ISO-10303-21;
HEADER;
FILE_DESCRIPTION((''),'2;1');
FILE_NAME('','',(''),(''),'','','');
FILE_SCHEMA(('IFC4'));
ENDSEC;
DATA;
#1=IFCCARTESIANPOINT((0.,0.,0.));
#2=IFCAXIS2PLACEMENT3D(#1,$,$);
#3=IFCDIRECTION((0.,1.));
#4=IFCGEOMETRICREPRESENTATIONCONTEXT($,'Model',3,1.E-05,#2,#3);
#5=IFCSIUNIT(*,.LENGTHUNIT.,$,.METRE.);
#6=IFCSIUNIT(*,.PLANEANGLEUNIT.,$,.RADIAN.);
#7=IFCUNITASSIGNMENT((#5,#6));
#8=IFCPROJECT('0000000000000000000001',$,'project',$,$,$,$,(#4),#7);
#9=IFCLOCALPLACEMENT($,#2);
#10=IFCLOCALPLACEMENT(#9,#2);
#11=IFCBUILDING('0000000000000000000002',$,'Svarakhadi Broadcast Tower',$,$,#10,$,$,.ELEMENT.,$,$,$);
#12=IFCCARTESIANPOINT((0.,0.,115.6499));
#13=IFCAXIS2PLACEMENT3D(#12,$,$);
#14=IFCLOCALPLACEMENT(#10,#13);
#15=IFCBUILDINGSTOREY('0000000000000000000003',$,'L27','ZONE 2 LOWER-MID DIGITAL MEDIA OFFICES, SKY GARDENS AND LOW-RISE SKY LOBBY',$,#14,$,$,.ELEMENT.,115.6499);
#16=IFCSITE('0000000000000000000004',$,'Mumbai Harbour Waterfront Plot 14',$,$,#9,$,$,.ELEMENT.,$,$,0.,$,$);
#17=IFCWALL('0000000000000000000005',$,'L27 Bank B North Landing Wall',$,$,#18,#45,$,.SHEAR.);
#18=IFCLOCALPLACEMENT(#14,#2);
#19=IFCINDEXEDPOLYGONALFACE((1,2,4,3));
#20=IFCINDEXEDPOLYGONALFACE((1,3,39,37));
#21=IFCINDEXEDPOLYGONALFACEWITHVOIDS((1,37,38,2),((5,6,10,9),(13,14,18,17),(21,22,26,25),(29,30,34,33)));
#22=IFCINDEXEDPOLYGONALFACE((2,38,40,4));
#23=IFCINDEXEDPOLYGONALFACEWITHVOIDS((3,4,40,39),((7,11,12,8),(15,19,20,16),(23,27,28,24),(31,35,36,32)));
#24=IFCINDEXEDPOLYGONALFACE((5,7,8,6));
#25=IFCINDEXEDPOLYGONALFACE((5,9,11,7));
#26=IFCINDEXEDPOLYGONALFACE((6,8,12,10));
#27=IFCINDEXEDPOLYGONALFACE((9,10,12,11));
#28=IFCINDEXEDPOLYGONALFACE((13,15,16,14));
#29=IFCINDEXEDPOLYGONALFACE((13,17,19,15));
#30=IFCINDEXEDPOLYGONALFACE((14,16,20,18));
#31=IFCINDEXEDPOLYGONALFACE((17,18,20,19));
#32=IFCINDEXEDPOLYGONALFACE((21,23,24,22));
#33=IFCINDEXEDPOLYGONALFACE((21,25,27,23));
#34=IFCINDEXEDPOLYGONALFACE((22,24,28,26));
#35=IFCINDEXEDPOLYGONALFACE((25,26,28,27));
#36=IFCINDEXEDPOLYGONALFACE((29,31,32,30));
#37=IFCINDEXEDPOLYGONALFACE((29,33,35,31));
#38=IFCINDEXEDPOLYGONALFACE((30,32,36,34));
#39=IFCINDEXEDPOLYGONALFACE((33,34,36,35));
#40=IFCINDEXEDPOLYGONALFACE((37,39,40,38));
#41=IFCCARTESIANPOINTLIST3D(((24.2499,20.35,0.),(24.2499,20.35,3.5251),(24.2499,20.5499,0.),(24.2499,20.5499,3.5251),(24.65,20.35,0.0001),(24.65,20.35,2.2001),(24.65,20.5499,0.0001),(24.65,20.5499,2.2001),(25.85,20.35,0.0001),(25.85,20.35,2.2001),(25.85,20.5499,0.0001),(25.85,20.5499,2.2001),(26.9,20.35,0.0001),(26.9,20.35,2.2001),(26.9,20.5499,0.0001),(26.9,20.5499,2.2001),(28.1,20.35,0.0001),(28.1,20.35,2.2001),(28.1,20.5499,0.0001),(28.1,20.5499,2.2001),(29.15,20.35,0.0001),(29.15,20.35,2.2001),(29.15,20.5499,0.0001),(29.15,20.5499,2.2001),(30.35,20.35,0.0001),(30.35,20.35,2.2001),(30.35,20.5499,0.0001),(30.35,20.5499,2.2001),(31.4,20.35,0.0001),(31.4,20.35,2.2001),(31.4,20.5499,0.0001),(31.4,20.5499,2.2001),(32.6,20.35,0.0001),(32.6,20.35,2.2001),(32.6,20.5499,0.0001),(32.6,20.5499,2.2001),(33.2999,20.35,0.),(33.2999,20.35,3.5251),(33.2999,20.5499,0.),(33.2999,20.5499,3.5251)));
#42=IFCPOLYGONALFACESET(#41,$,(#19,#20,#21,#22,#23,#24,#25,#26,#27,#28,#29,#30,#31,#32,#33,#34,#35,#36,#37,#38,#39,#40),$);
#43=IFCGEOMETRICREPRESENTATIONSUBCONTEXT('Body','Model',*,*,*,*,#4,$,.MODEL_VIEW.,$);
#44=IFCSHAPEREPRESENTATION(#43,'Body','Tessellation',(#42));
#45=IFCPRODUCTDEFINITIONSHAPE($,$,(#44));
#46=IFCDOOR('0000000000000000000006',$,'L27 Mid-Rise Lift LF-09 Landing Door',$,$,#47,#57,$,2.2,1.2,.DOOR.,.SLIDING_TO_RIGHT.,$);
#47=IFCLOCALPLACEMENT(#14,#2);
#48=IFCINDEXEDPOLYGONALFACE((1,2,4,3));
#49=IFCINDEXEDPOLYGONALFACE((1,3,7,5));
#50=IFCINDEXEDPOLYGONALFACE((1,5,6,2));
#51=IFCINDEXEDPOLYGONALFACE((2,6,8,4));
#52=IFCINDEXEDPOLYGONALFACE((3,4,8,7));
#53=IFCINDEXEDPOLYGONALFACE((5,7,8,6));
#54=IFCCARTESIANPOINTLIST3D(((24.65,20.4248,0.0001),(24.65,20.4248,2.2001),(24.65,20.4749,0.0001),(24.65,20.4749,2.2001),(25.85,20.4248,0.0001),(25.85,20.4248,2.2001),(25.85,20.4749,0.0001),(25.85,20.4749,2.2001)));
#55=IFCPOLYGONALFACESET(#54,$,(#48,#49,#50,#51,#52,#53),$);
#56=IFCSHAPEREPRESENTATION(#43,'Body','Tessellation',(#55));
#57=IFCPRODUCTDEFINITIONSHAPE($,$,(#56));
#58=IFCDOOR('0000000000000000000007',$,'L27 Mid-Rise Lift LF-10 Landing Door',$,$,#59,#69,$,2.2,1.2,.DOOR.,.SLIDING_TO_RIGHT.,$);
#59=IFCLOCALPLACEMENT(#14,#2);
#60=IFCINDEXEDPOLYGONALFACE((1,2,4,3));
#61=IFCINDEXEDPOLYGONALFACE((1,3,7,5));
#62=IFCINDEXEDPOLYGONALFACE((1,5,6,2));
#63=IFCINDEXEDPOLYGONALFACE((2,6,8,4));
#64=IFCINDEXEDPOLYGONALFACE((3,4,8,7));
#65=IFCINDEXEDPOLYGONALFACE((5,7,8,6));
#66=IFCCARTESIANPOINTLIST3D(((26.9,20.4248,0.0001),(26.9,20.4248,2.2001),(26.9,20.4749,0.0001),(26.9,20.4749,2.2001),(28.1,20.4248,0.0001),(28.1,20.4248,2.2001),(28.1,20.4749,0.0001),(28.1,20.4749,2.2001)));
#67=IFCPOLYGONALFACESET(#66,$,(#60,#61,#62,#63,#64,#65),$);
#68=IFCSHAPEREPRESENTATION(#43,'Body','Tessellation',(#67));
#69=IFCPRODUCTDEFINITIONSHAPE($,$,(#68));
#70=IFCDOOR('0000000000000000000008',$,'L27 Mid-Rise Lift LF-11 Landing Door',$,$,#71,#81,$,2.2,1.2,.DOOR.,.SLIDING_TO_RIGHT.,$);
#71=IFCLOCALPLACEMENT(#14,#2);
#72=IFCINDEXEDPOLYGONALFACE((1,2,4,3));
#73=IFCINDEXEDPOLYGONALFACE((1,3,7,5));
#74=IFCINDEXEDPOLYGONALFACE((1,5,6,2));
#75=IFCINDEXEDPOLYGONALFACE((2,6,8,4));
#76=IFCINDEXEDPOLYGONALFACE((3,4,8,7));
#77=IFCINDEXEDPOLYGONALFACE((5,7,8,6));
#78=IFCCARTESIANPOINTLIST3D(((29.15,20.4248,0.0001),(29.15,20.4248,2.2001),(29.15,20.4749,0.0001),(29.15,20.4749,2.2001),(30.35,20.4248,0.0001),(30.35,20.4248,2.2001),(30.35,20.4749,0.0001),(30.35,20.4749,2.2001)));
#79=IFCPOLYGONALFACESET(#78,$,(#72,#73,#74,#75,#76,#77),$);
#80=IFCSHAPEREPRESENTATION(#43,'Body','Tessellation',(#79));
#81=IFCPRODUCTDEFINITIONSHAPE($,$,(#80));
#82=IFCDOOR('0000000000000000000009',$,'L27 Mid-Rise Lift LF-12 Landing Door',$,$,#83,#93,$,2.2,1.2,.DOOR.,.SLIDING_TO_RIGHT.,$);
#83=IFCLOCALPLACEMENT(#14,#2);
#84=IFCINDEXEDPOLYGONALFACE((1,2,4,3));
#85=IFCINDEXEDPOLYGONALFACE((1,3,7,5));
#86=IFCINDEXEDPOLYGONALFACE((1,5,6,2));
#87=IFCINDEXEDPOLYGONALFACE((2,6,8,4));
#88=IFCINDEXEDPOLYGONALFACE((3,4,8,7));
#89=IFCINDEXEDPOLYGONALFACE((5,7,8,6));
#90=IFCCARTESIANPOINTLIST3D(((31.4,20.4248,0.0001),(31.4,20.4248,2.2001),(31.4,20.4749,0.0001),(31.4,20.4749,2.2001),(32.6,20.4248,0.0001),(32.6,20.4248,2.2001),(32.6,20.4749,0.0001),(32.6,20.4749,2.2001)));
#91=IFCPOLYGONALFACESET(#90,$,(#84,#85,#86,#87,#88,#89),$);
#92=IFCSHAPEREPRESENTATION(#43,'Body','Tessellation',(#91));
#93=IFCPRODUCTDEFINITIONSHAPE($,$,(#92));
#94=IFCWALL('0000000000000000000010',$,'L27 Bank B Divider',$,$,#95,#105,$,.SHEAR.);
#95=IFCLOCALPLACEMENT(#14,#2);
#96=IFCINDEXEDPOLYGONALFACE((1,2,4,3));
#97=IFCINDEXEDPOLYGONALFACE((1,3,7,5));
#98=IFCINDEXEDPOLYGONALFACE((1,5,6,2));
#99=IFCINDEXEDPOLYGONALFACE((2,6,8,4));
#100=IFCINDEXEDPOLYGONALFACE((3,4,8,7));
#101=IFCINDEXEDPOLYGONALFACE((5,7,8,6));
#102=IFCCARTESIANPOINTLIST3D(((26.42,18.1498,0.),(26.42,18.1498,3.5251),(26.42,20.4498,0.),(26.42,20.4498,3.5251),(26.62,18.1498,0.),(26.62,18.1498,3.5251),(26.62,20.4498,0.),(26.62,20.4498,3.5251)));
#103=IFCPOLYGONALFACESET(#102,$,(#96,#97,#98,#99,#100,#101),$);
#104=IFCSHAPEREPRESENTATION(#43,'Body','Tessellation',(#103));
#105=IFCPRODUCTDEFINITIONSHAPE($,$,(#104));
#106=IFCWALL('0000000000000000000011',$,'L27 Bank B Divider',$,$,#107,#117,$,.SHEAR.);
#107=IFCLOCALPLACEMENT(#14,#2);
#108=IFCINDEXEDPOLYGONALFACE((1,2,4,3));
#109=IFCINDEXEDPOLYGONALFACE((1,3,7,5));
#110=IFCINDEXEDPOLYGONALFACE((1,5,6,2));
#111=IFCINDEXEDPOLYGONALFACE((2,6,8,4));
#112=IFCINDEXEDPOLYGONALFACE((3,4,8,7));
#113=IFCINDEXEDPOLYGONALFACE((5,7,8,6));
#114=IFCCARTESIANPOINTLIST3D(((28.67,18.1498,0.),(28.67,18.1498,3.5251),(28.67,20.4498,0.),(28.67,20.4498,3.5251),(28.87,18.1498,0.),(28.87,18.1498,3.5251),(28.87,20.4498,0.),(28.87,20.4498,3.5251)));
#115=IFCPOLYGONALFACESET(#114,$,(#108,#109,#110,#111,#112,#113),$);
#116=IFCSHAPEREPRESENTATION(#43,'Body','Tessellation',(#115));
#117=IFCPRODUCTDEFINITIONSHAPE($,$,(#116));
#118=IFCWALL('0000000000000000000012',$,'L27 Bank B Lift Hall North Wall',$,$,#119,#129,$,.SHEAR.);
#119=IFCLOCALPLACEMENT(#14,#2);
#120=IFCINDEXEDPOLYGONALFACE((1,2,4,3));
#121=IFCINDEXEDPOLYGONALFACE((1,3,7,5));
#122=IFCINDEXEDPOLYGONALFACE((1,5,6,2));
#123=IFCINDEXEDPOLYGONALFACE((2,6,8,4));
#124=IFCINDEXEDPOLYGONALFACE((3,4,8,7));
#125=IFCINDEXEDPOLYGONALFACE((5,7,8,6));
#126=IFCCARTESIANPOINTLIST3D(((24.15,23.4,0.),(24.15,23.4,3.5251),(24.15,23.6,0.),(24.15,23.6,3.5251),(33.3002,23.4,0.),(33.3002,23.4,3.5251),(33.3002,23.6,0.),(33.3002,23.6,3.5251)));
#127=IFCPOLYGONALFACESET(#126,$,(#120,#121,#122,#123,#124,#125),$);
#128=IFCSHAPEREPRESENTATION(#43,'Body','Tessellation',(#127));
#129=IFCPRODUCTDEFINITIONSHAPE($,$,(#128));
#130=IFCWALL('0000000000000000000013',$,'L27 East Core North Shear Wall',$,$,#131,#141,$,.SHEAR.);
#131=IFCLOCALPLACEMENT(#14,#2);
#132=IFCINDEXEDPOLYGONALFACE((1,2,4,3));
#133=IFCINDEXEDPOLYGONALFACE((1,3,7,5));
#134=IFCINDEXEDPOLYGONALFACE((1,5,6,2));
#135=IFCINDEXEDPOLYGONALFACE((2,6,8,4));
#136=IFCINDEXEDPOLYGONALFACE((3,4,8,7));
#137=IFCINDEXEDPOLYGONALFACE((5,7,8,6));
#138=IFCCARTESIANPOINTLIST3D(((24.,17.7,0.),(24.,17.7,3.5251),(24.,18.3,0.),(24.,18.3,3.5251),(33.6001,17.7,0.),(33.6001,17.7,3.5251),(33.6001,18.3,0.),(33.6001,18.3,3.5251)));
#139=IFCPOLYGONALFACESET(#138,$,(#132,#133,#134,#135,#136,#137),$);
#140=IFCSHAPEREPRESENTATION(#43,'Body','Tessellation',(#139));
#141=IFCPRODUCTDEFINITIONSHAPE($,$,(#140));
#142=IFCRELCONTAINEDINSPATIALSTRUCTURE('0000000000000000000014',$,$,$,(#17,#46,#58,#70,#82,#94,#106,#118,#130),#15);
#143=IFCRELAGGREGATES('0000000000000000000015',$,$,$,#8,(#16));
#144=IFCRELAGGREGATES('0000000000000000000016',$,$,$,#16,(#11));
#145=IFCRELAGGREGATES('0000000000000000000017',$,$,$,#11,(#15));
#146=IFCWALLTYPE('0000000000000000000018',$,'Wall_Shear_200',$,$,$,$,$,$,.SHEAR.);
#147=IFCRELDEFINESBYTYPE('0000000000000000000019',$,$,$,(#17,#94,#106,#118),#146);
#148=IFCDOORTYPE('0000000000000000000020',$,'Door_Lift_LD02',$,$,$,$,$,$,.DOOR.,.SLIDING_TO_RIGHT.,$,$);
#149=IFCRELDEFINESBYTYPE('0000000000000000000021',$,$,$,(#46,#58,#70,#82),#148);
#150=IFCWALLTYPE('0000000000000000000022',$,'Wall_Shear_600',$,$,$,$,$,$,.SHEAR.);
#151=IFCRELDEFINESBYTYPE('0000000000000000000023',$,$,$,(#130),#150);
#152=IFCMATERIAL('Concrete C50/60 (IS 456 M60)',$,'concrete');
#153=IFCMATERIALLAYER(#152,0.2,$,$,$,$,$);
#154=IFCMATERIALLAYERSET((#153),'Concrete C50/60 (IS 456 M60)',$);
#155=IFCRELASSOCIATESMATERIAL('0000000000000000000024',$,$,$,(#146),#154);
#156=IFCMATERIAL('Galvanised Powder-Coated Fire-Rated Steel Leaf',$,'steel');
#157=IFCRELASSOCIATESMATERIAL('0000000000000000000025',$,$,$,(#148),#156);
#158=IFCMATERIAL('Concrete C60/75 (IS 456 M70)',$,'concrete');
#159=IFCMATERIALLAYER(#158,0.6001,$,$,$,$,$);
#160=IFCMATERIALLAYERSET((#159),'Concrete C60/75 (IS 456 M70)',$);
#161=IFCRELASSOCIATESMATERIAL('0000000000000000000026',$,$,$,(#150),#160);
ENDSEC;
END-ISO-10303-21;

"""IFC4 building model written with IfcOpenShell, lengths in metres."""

from ifc_helpers import new_model, si_unit, direction, frame, frame_2d, origin, place, context, subcontext, project, spatial, rectangle, extrude, material, layer, layer_set, type_object, element, fill, save


model = new_model("IFC4")

# Units and contexts
model_context = context("Model", 3, precision=1e-05, world=origin(), true_north=direction((0.0, 1.0)))
body_context = subcontext(model_context, "Body", "Model", "MODEL_VIEW")
ifc_project = project(units=[si_unit("LENGTHUNIT", "METRE"), si_unit("PLANEANGLEUNIT", "RADIAN")], contexts=[model_context])

# Site, building, storey
site_placement = place(None, origin())
site = spatial("IfcSite", under=ifc_project, at=site_placement, Name="Mumbai Harbour Waterfront Plot 14", CompositionType="ELEMENT", RefElevation=0.0)
building_placement = place(site_placement, origin())
building = spatial("IfcBuilding", under=site, at=building_placement, Name="Svarakhadi Broadcast Tower", CompositionType="ELEMENT")
storey_placement = place(building_placement, frame((0.0, 0.0, 115.6499)))
storey = spatial("IfcBuildingStorey", under=building, at=storey_placement, Name="L27", Description="ZONE 2 LOWER-MID DIGITAL MEDIA OFFICES, SKY GARDENS AND LOW-RISE SKY LOBBY", CompositionType="ELEMENT", Elevation=115.6499)

# Shared definitions
ifc_material_1 = material(Name="Concrete C50/60 (IS 456 M60)", Category="concrete")

# Shared definitions
ifc_layer_1 = layer(ifc_material_1, 0.2)
ifc_layer_set_1 = layer_set([ifc_layer_1], Name="Concrete C50/60 (IS 456 M60)")
wall_type_1 = type_object("IfcWallType", Name="Wall_Shear_200", PredefinedType="SHEAR", material=ifc_layer_set_1)

# Wall, openings, doors
wall_1_placement = place(storey_placement, frame((24.25, 20.45, 0.0), z_axis=(0.0, 0.0, 1.0), x_axis=(1.0, 0.0, 0.0)))
wall_1 = element("IfcWall", 1, at=wall_1_placement, inside=storey, type_object=wall_type_1, Name="L27 Bank B North Landing Wall", PredefinedType="SHEAR", context=body_context, shape_type="SweptSolid", body=[
    extrude(rectangle(XDim=9.05, YDim=0.2, at=frame_2d((4.5249, 0.0))), origin(), (0.0, 0.0, 1.0), 3.5251),
])
opening_1_placement = place(wall_1_placement, frame((0.3999, 0.0, 0.0)))
opening_1 = element("IfcOpeningElement", 2, at=opening_1_placement, cuts=wall_1, PredefinedType="OPENING", context=body_context, shape_type="SweptSolid", body=[
    extrude(rectangle(XDim=1.2, YDim=2.2, at=frame_2d((0.6001, 1.1001))), frame((0.0, 0.1099, 0.0), z_axis=(0.0, -1.0, 0.0), x_axis=(1.0, 0.0, 0.0)), (0.0, 0.0, 1.0), 0.22),
])
opening_2_placement = place(wall_1_placement, frame((2.6499, 0.0, 0.0)))
opening_2 = element("IfcOpeningElement", 3, at=opening_2_placement, cuts=wall_1, PredefinedType="OPENING", context=body_context, shape_type="SweptSolid", body=[
    extrude(rectangle(XDim=1.2, YDim=2.2, at=frame_2d((0.6001, 1.1001))), frame((0.0, 0.1099, 0.0), z_axis=(0.0, -1.0, 0.0), x_axis=(1.0, 0.0, 0.0)), (0.0, 0.0, 1.0), 0.22),
])
opening_3_placement = place(wall_1_placement, frame((4.8999, 0.0, 0.0)))
opening_3 = element("IfcOpeningElement", 4, at=opening_3_placement, cuts=wall_1, PredefinedType="OPENING", context=body_context, shape_type="SweptSolid", body=[
    extrude(rectangle(XDim=1.2, YDim=2.2, at=frame_2d((0.6001, 1.1001))), frame((0.0, 0.1099, 0.0), z_axis=(0.0, -1.0, 0.0), x_axis=(1.0, 0.0, 0.0)), (0.0, 0.0, 1.0), 0.22),
])
opening_4_placement = place(wall_1_placement, frame((7.1499, 0.0, 0.0)))
opening_4 = element("IfcOpeningElement", 5, at=opening_4_placement, cuts=wall_1, PredefinedType="OPENING", context=body_context, shape_type="SweptSolid", body=[
    extrude(rectangle(XDim=1.2, YDim=2.2, at=frame_2d((0.6001, 1.1001))), frame((0.0, 0.1099, 0.0), z_axis=(0.0, -1.0, 0.0), x_axis=(1.0, 0.0, 0.0)), (0.0, 0.0, 1.0), 0.22),
])
ifc_material_2 = material(Name="Galvanised Powder-Coated Fire-Rated Steel Leaf", Category="steel")
door_type_1 = type_object("IfcDoorType", Name="Door_Lift_LD02", OperationType="SLIDING_TO_RIGHT", PredefinedType="DOOR", material=ifc_material_2)
door_1_placement = place(opening_1_placement, origin())
door_1 = element("IfcDoor", 6, at=door_1_placement, inside=storey, type_object=door_type_1, Name="L27 Mid-Rise Lift LF-09 Landing Door", OperationType="SLIDING_TO_RIGHT", OverallHeight=2.2, OverallWidth=1.2, PredefinedType="DOOR", context=body_context, shape_type="SweptSolid", body=[
    extrude(rectangle(XDim=1.2, YDim=2.2, at=frame_2d((0.6001, 1.1001))), frame((0.0, 0.0249, 0.0), z_axis=(0.0, -1.0, 0.0), x_axis=(1.0, 0.0, 0.0)), (0.0, 0.0, 1.0), 0.05),
])
fill(opening_1, door_1)
door_2_placement = place(opening_2_placement, origin())
door_2 = element("IfcDoor", 7, at=door_2_placement, inside=storey, type_object=door_type_1, Name="L27 Mid-Rise Lift LF-10 Landing Door", OperationType="SLIDING_TO_RIGHT", OverallHeight=2.2, OverallWidth=1.2, PredefinedType="DOOR", context=body_context, shape_type="SweptSolid", body=[
    extrude(rectangle(XDim=1.2, YDim=2.2, at=frame_2d((0.6001, 1.1001))), frame((0.0, 0.0249, 0.0), z_axis=(0.0, -1.0, 0.0), x_axis=(1.0, 0.0, 0.0)), (0.0, 0.0, 1.0), 0.05),
])
fill(opening_2, door_2)
door_3_placement = place(opening_3_placement, origin())
door_3 = element("IfcDoor", 8, at=door_3_placement, inside=storey, type_object=door_type_1, Name="L27 Mid-Rise Lift LF-11 Landing Door", OperationType="SLIDING_TO_RIGHT", OverallHeight=2.2, OverallWidth=1.2, PredefinedType="DOOR", context=body_context, shape_type="SweptSolid", body=[
    extrude(rectangle(XDim=1.2, YDim=2.2, at=frame_2d((0.6001, 1.1001))), frame((0.0, 0.0249, 0.0), z_axis=(0.0, -1.0, 0.0), x_axis=(1.0, 0.0, 0.0)), (0.0, 0.0, 1.0), 0.05),
])
fill(opening_3, door_3)
door_4_placement = place(opening_4_placement, origin())
door_4 = element("IfcDoor", 9, at=door_4_placement, inside=storey, type_object=door_type_1, Name="L27 Mid-Rise Lift LF-12 Landing Door", OperationType="SLIDING_TO_RIGHT", OverallHeight=2.2, OverallWidth=1.2, PredefinedType="DOOR", context=body_context, shape_type="SweptSolid", body=[
    extrude(rectangle(XDim=1.2, YDim=2.2, at=frame_2d((0.6001, 1.1001))), frame((0.0, 0.0249, 0.0), z_axis=(0.0, -1.0, 0.0), x_axis=(1.0, 0.0, 0.0)), (0.0, 0.0, 1.0), 0.05),
])
fill(opening_4, door_4)

# Walls
for number, where, z_axis, x_axis, name in (
    (10, (26.52, 18.1499, 0.0), (0.0, 0.0, 1.0), (0.0, 1.0, 0.0), "L27 Bank B Divider"),
    (11, (28.77, 18.1499, 0.0), (0.0, 0.0, 1.0), (0.0, 1.0, 0.0), "L27 Bank B Divider"),
):
    element("IfcWall", number, at=place(storey_placement, frame(where, z_axis=z_axis, x_axis=x_axis)), inside=storey, type_object=wall_type_1, Name=name, PredefinedType="SHEAR", context=body_context, shape_type="SweptSolid", body=[
        extrude(rectangle(XDim=2.3, YDim=0.2, at=frame_2d((1.1499, 0.0))), origin(), (0.0, 0.0, 1.0), 3.5251),
    ])
wall_2_placement = place(storey_placement, frame((24.1499, 23.5, 0.0), z_axis=(0.0, 0.0, 1.0), x_axis=(1.0, 0.0, 0.0)))
element("IfcWall", 12, at=wall_2_placement, inside=storey, type_object=wall_type_1, Name="L27 Bank B Lift Hall North Wall", PredefinedType="SHEAR", context=body_context, shape_type="SweptSolid", body=[
    extrude(rectangle(XDim=9.1501, YDim=0.2, at=frame_2d((4.5752, 0.0))), origin(), (0.0, 0.0, 1.0), 3.5251),
])

# Wall
ifc_material_3 = material(Name="Concrete C60/75 (IS 456 M70)", Category="concrete")
ifc_layer_2 = layer(ifc_material_3, 0.6001)
ifc_layer_set_2 = layer_set([ifc_layer_2], Name="Concrete C60/75 (IS 456 M70)")
wall_type_2 = type_object("IfcWallType", Name="Wall_Shear_600", PredefinedType="SHEAR", material=ifc_layer_set_2)
wall_3_placement = place(storey_placement, frame((24.0, 18.0, 0.0), z_axis=(0.0, 0.0, 1.0), x_axis=(1.0, 0.0, 0.0)))
element("IfcWall", 13, at=wall_3_placement, inside=storey, type_object=wall_type_2, Name="L27 East Core North Shear Wall", PredefinedType="SHEAR", context=body_context, shape_type="SweptSolid", body=[
    extrude(rectangle(XDim=9.6001, YDim=0.6001, at=frame_2d((4.8, 0.0))), origin(), (0.0, 0.0, 1.0), 3.5251),
])

save(model, "model.ifc")
